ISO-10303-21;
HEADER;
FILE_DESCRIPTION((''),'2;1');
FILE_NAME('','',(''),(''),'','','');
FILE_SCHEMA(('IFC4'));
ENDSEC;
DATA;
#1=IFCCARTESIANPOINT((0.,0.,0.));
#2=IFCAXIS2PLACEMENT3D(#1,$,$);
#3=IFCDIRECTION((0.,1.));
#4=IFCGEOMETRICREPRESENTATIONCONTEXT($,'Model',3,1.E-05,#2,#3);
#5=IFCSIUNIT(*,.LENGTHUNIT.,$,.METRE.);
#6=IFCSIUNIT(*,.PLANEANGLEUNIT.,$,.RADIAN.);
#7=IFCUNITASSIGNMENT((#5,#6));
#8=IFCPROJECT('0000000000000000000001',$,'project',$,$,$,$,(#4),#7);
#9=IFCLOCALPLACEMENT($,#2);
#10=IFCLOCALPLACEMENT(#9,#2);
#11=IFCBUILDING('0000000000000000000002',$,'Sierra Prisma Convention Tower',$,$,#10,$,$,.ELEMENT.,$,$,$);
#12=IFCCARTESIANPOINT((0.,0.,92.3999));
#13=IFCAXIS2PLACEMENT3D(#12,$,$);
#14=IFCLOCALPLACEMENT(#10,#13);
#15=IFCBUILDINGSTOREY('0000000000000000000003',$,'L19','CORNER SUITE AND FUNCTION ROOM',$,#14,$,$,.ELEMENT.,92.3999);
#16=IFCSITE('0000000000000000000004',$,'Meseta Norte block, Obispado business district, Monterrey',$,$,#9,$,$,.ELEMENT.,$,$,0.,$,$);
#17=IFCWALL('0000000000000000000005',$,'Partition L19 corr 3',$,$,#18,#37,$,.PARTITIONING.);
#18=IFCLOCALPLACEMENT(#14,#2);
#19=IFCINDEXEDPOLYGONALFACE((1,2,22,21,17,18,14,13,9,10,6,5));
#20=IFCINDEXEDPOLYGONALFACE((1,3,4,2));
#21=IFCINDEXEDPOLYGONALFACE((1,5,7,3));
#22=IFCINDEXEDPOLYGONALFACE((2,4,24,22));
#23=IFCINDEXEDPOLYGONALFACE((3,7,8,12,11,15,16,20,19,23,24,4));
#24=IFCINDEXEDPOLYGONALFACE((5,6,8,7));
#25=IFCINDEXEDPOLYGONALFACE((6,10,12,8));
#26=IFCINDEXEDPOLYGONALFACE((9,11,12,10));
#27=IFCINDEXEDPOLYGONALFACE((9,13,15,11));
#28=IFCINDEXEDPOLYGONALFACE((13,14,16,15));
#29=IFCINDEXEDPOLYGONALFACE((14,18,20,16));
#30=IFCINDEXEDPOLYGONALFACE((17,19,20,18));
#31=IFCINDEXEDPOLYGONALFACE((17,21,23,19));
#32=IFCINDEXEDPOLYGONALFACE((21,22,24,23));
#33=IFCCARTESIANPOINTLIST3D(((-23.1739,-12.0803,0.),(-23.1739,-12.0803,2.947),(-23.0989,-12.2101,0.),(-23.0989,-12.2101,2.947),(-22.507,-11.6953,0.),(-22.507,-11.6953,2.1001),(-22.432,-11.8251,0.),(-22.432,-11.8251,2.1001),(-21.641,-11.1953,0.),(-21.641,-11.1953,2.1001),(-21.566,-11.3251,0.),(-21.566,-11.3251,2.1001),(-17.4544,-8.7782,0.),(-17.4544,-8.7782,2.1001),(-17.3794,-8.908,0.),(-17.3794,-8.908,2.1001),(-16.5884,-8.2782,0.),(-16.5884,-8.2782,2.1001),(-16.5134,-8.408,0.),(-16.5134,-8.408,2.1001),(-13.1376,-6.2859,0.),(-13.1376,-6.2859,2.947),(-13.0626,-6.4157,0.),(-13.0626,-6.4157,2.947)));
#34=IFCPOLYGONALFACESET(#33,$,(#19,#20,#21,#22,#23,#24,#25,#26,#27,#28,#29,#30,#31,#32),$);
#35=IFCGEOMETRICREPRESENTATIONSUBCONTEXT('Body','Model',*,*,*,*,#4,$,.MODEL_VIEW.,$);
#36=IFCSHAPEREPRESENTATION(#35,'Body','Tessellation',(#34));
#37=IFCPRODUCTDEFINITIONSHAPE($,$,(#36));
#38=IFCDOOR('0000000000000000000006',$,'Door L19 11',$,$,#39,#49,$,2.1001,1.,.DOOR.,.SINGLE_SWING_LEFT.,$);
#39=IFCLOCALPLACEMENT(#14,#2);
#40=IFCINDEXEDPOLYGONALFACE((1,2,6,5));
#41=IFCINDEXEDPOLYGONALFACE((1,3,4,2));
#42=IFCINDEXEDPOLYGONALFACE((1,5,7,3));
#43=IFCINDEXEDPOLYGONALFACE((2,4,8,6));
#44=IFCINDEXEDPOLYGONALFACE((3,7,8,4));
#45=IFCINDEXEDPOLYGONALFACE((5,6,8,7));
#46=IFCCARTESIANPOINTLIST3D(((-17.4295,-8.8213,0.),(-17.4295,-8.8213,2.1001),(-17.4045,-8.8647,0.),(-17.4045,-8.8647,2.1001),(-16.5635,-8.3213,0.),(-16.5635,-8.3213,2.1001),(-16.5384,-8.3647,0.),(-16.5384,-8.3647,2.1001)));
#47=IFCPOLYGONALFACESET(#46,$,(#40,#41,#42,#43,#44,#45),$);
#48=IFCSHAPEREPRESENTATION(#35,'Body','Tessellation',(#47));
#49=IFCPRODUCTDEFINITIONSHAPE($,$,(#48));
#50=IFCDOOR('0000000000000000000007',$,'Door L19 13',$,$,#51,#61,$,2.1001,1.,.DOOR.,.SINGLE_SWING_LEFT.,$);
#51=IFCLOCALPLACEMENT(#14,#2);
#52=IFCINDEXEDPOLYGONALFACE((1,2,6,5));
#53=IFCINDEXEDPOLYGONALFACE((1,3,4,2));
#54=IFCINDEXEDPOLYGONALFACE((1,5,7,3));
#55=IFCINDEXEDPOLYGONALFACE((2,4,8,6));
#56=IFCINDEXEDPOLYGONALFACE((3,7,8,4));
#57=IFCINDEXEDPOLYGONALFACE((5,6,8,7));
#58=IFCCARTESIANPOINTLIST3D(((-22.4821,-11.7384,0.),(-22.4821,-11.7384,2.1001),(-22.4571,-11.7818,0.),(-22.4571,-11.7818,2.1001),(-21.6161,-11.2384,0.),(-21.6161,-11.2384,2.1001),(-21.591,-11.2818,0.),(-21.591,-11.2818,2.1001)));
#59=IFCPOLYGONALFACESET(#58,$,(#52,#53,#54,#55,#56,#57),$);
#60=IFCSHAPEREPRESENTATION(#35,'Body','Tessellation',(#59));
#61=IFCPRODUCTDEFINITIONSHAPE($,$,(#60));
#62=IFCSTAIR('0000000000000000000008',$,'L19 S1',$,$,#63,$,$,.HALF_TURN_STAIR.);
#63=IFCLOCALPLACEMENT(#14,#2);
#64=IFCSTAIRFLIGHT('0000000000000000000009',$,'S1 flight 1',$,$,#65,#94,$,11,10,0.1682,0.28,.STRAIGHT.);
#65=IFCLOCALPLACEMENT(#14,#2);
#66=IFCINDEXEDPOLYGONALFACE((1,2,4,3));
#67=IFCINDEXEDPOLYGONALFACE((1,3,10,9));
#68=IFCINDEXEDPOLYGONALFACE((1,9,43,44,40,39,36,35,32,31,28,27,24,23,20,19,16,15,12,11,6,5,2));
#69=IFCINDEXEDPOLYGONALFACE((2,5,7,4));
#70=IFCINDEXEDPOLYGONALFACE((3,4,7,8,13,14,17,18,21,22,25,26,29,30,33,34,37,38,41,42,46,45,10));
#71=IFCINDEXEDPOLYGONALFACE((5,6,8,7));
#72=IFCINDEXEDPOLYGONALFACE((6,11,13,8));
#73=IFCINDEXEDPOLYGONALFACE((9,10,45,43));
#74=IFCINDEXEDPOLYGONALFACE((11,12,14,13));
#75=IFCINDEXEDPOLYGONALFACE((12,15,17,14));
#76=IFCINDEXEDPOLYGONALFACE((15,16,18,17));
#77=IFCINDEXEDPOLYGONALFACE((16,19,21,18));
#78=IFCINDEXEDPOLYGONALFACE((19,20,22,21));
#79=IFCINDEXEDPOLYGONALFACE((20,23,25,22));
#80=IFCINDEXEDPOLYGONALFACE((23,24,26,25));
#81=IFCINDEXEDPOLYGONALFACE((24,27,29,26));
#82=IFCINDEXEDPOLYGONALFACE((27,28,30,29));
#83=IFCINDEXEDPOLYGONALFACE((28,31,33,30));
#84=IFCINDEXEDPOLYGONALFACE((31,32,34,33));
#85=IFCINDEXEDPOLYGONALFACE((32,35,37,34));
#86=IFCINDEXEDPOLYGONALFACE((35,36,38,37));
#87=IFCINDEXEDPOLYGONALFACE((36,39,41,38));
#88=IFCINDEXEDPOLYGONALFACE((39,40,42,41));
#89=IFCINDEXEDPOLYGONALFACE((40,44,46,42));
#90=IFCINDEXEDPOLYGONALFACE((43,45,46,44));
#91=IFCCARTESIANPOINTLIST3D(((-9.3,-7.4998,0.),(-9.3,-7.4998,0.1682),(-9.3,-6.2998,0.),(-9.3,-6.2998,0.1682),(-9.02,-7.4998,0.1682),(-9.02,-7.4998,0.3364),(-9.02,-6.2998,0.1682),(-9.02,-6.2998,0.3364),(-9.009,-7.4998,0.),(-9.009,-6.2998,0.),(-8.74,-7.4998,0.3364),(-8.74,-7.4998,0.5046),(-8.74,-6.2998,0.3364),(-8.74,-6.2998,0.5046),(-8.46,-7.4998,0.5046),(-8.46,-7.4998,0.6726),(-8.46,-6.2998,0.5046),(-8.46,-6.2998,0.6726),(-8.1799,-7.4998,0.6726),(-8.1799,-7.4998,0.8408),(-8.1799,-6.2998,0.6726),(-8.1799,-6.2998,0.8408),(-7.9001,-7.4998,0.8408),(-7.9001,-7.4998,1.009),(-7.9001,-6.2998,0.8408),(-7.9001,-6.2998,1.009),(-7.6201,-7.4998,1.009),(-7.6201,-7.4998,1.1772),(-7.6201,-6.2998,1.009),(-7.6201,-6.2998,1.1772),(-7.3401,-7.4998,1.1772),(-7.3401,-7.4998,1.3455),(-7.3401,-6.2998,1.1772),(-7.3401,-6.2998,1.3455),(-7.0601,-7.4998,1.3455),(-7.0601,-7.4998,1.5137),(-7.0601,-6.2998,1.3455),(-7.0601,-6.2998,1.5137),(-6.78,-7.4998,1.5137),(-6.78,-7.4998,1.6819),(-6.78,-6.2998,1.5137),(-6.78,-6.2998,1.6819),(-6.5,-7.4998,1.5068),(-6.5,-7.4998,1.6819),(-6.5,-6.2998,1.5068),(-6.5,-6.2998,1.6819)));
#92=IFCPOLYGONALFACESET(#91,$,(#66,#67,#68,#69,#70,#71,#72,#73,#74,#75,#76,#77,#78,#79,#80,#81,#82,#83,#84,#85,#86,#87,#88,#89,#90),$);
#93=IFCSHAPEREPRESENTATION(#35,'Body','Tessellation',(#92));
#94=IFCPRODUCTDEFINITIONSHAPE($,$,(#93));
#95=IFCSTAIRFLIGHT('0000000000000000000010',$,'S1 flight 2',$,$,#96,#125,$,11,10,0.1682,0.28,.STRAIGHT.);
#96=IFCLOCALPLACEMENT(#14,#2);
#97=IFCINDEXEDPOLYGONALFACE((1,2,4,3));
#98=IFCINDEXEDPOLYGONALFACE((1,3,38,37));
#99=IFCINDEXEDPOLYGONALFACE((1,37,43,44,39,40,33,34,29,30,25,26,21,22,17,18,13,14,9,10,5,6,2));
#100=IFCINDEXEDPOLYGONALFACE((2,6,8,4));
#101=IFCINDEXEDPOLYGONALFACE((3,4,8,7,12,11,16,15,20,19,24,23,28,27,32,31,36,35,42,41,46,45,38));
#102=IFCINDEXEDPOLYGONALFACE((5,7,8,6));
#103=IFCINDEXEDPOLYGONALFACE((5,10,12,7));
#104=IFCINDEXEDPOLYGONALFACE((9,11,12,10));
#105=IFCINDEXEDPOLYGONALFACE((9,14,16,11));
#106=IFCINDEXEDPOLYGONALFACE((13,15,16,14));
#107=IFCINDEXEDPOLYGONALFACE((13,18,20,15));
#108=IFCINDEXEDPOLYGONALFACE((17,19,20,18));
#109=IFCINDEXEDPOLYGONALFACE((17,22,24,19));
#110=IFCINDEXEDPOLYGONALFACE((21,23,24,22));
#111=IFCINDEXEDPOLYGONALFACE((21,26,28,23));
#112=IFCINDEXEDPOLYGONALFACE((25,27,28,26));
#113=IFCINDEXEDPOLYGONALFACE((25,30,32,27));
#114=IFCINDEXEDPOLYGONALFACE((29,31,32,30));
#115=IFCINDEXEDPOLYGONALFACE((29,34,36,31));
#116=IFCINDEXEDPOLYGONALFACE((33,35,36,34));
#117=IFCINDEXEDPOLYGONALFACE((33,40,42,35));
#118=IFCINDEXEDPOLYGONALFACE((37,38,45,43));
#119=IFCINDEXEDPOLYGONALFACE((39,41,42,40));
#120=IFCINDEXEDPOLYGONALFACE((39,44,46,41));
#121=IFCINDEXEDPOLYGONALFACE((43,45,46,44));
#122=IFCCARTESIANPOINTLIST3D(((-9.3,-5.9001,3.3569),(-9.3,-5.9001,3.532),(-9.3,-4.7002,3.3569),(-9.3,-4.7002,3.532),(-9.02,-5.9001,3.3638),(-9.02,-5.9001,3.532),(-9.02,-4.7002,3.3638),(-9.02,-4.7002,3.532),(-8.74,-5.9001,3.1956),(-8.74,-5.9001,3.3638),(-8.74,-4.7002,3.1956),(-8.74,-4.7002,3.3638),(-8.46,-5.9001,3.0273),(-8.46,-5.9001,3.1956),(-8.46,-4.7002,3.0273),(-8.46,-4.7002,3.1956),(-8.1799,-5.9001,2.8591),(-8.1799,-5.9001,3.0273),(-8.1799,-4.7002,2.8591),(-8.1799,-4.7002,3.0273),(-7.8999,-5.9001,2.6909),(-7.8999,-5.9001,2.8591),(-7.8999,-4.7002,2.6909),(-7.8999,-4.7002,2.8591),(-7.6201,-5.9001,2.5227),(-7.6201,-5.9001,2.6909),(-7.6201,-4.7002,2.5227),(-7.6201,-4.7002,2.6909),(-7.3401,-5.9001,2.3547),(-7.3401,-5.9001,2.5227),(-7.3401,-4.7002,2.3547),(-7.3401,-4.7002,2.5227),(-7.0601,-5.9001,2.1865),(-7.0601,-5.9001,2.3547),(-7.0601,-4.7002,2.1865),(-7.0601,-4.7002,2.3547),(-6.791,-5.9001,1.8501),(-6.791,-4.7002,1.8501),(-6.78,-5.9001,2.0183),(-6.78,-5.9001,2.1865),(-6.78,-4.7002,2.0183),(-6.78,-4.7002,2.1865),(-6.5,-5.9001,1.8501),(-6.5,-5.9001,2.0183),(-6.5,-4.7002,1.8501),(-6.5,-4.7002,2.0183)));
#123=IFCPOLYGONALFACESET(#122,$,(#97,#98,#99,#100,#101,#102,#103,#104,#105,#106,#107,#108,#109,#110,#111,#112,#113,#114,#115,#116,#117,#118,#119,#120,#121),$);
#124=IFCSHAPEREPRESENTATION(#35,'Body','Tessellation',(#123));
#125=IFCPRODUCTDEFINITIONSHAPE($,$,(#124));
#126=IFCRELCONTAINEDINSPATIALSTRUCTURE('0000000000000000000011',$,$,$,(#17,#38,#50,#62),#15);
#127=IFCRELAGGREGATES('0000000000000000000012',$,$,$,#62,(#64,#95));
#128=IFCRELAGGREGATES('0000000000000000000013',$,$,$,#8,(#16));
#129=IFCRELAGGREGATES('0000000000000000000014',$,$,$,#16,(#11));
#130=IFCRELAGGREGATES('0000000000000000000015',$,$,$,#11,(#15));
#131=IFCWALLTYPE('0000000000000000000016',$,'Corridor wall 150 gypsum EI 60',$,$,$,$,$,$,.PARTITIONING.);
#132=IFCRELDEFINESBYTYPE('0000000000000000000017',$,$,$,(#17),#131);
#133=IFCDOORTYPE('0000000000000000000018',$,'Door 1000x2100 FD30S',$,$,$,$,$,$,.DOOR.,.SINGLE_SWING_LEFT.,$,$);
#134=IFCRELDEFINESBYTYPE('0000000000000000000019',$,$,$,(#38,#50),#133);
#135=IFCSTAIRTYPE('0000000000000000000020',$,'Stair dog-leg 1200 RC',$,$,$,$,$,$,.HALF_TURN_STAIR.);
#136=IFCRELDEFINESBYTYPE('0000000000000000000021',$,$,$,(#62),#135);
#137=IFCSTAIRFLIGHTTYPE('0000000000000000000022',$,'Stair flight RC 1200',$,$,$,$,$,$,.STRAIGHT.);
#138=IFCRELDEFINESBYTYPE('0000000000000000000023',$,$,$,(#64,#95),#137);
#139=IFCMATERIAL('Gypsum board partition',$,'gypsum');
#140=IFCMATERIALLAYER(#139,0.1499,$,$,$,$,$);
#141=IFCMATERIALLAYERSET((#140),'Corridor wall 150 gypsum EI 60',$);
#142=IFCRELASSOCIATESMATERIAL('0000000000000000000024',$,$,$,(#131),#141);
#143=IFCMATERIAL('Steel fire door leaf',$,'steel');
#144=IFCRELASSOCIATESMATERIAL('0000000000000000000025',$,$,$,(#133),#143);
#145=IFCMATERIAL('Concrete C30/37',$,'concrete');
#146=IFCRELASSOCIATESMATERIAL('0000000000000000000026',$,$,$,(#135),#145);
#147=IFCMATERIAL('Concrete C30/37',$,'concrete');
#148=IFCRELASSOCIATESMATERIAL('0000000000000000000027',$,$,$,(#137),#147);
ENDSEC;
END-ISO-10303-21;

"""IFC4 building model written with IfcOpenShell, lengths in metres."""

from ifc_helpers import new_model, si_unit, direction, frame, frame_2d, origin, place, context, subcontext, project, spatial, polyline, rectangle, outline, extrude, material, layer, layer_set, type_object, element, fill, aggregate, save


model = new_model("IFC4")

# Units and contexts
model_context = context("Model", 3, precision=1e-05, world=origin(), true_north=direction((0.0, 1.0)))
body_context = subcontext(model_context, "Body", "Model", "MODEL_VIEW")
ifc_project = project(units=[si_unit("LENGTHUNIT", "METRE"), si_unit("PLANEANGLEUNIT", "RADIAN")], contexts=[model_context])

# Site, building, storey
site_placement = place(None, origin())
site = spatial("IfcSite", under=ifc_project, at=site_placement, Name="Meseta Norte block, Obispado business district, Monterrey", CompositionType="ELEMENT", RefElevation=0.0)
building_placement = place(site_placement, origin())
building = spatial("IfcBuilding", under=site, at=building_placement, Name="Sierra Prisma Convention Tower", CompositionType="ELEMENT")
storey_placement = place(building_placement, frame((0.0, 0.0, 92.3999)))
storey = spatial("IfcBuildingStorey", under=building, at=storey_placement, Name="L19", Description="CORNER SUITE AND FUNCTION ROOM", CompositionType="ELEMENT", Elevation=92.3999)

# Wall, openings, doors
ifc_material_1 = material(Name="Gypsum board partition", Category="gypsum")
ifc_layer_1 = layer(ifc_material_1, 0.1499)
ifc_layer_set_1 = layer_set([ifc_layer_1], Name="Corridor wall 150 gypsum EI 60")
wall_type_1 = type_object("IfcWallType", Name="Corridor wall 150 gypsum EI 60", PredefinedType="PARTITIONING", material=ifc_layer_set_1)
wall_1_placement = place(storey_placement, frame((-13.1001, -6.3508, 0.0), z_axis=(0.0, 0.0, 1.0), x_axis=(-0.866028, -0.499995, 0.0)))
wall_1 = element("IfcWall", 1, at=wall_1_placement, inside=storey, type_object=wall_type_1, Name="Partition L19 corr 3", PredefinedType="PARTITIONING", context=body_context, shape_type="SweptSolid", body=[
    extrude(rectangle(XDim=11.5889, YDim=0.1499, at=frame_2d((5.7944, 0.0))), origin(), (0.0, 0.0, 1.0), 2.947),
])
opening_1_placement = place(wall_1_placement, frame((3.9846, 0.0, 0.0)))
opening_1 = element("IfcOpeningElement", 2, at=opening_1_placement, cuts=wall_1, PredefinedType="OPENING", context=body_context, shape_type="SweptSolid", body=[
    extrude(rectangle(XDim=1.0, YDim=2.1001, at=frame_2d((0.5, 1.05))), frame((0.0, 0.075, 0.0), z_axis=(0.0, -1.0, 0.0), x_axis=(1.0, 0.0, 0.0)), (0.0, 0.0, 1.0), 0.1499),
])
opening_2_placement = place(wall_1_placement, frame((9.8188, 0.0, 0.0)))
opening_2 = element("IfcOpeningElement", 3, at=opening_2_placement, cuts=wall_1, PredefinedType="OPENING", context=body_context, shape_type="SweptSolid", body=[
    extrude(rectangle(XDim=1.0, YDim=2.1001, at=frame_2d((0.5, 1.05))), frame((0.0, 0.075, 0.0), z_axis=(0.0, -1.0, 0.0), x_axis=(1.0, 0.0, 0.0)), (0.0, 0.0, 1.0), 0.1499),
])
ifc_material_2 = material(Name="Steel fire door leaf", Category="steel")
door_type_1 = type_object("IfcDoorType", Name="Door 1000x2100 FD30S", OperationType="SINGLE_SWING_LEFT", PredefinedType="DOOR", material=ifc_material_2)
door_1_placement = place(opening_1_placement, origin())
door_1 = element("IfcDoor", 4, at=door_1_placement, inside=storey, type_object=door_type_1, Name="Door L19 11", OperationType="SINGLE_SWING_LEFT", OverallHeight=2.1001, OverallWidth=1.0, PredefinedType="DOOR", context=body_context, shape_type="SweptSolid", body=[
    extrude(rectangle(XDim=1.0, YDim=2.1001, at=frame_2d((0.5, 1.05))), frame((0.0, 0.0249, 0.0), z_axis=(0.0, -1.0, 0.0), x_axis=(1.0, 0.0, 0.0)), (0.0, 0.0, 1.0), 0.05),
])
fill(opening_1, door_1)
door_2_placement = place(opening_2_placement, origin())
door_2 = element("IfcDoor", 5, at=door_2_placement, inside=storey, type_object=door_type_1, Name="Door L19 13", OperationType="SINGLE_SWING_LEFT", OverallHeight=2.1001, OverallWidth=1.0, PredefinedType="DOOR", context=body_context, shape_type="SweptSolid", body=[
    extrude(rectangle(XDim=1.0, YDim=2.1001, at=frame_2d((0.5, 1.05))), frame((0.0, 0.0249, 0.0), z_axis=(0.0, -1.0, 0.0), x_axis=(1.0, 0.0, 0.0)), (0.0, 0.0, 1.0), 0.05),
])
fill(opening_2, door_2)

# Stair, stair flights
ifc_material_3 = material(Name="Concrete C30/37", Category="concrete")
stair_type = type_object("IfcStairType", Name="Stair dog-leg 1200 RC", PredefinedType="HALF_TURN_STAIR", material=ifc_material_3)
stair_placement = place(storey_placement, origin())
stair = element("IfcStair", 6, at=stair_placement, inside=storey, type_object=stair_type, Name="L19 S1", PredefinedType="HALF_TURN_STAIR")
ifc_material_4 = material(Name="Concrete C30/37", Category="concrete")
stair_flight_type = type_object("IfcStairFlightType", Name="Stair flight RC 1200", PredefinedType="STRAIGHT", material=ifc_material_4)
stair_flight_1_placement = place(storey_placement, frame((-9.3, -6.8999, 0.0), z_axis=(0.0, 0.0, 1.0), x_axis=(1.0, 0.0, 0.0)))
stair_flight_1 = element("IfcStairFlight", 7, at=stair_flight_1_placement, type_object=stair_flight_type, Name="S1 flight 1", NumberOfRisers=11, NumberOfTreads=10, PredefinedType="STRAIGHT", RiserHeight=0.1682, TreadLength=0.28, context=body_context, shape_type="SweptSolid", body=[
    extrude(outline(polyline([(0.0, 0.0), (0.0, 0.1682), (0.28, 0.1682), (0.28, 0.3364), (0.5601, 0.3364), (0.5601, 0.5046), (0.8401, 0.5046), (0.8401, 0.6726), (1.1201, 0.6726), (1.1201, 0.8408), (1.3999, 0.8408), (1.3999, 1.009), (1.6799, 1.009), (1.6799, 1.1772), (1.96, 1.1772), (1.96, 1.3455), (2.24, 1.3455), (2.24, 1.5137), (2.52, 1.5137), (2.52, 1.6819), (2.8, 1.6819), (2.8, 1.8501), (2.8, 1.5068), (0.291, 0.0), (0.0, 0.0)])), frame((0.0, 0.6001, 0.0), z_axis=(0.0, -1.0, 0.0), x_axis=(1.0, 0.0, 0.0)), (0.0, 0.0, 1.0), 1.2),
])
stair_flight_2_placement = place(storey_placement, frame((-6.5, -5.3, 1.8501), z_axis=(0.0, 0.0, 1.0), x_axis=(-1.0, 0.0, 0.0)))
stair_flight_2 = element("IfcStairFlight", 8, at=stair_flight_2_placement, type_object=stair_flight_type, Name="S1 flight 2", NumberOfRisers=11, NumberOfTreads=10, PredefinedType="STRAIGHT", RiserHeight=0.1682, TreadLength=0.28, context=body_context, shape_type="SweptSolid", body=[
    extrude(outline(polyline([(0.0, 0.0), (0.0, 0.1682), (0.28, 0.1682), (0.28, 0.3364), (0.5601, 0.3364), (0.5601, 0.5046), (0.8401, 0.5046), (0.8401, 0.6726), (1.1201, 0.6726), (1.1201, 0.8408), (1.3999, 0.8408), (1.3999, 1.009), (1.6799, 1.009), (1.6799, 1.1772), (1.96, 1.1772), (1.96, 1.3455), (2.24, 1.3455), (2.24, 1.5137), (2.52, 1.5137), (2.52, 1.6819), (2.8, 1.6819), (2.8, 1.8501), (2.8, 1.5068), (0.291, 0.0), (0.0, 0.0)])), frame((0.0, 0.6001, 0.0), z_axis=(0.0, -1.0, 0.0), x_axis=(1.0, 0.0, 0.0)), (0.0, 0.0, 1.0), 1.2),
])
aggregate(stair, [stair_flight_1, stair_flight_2])

save(model, "model.ifc")
